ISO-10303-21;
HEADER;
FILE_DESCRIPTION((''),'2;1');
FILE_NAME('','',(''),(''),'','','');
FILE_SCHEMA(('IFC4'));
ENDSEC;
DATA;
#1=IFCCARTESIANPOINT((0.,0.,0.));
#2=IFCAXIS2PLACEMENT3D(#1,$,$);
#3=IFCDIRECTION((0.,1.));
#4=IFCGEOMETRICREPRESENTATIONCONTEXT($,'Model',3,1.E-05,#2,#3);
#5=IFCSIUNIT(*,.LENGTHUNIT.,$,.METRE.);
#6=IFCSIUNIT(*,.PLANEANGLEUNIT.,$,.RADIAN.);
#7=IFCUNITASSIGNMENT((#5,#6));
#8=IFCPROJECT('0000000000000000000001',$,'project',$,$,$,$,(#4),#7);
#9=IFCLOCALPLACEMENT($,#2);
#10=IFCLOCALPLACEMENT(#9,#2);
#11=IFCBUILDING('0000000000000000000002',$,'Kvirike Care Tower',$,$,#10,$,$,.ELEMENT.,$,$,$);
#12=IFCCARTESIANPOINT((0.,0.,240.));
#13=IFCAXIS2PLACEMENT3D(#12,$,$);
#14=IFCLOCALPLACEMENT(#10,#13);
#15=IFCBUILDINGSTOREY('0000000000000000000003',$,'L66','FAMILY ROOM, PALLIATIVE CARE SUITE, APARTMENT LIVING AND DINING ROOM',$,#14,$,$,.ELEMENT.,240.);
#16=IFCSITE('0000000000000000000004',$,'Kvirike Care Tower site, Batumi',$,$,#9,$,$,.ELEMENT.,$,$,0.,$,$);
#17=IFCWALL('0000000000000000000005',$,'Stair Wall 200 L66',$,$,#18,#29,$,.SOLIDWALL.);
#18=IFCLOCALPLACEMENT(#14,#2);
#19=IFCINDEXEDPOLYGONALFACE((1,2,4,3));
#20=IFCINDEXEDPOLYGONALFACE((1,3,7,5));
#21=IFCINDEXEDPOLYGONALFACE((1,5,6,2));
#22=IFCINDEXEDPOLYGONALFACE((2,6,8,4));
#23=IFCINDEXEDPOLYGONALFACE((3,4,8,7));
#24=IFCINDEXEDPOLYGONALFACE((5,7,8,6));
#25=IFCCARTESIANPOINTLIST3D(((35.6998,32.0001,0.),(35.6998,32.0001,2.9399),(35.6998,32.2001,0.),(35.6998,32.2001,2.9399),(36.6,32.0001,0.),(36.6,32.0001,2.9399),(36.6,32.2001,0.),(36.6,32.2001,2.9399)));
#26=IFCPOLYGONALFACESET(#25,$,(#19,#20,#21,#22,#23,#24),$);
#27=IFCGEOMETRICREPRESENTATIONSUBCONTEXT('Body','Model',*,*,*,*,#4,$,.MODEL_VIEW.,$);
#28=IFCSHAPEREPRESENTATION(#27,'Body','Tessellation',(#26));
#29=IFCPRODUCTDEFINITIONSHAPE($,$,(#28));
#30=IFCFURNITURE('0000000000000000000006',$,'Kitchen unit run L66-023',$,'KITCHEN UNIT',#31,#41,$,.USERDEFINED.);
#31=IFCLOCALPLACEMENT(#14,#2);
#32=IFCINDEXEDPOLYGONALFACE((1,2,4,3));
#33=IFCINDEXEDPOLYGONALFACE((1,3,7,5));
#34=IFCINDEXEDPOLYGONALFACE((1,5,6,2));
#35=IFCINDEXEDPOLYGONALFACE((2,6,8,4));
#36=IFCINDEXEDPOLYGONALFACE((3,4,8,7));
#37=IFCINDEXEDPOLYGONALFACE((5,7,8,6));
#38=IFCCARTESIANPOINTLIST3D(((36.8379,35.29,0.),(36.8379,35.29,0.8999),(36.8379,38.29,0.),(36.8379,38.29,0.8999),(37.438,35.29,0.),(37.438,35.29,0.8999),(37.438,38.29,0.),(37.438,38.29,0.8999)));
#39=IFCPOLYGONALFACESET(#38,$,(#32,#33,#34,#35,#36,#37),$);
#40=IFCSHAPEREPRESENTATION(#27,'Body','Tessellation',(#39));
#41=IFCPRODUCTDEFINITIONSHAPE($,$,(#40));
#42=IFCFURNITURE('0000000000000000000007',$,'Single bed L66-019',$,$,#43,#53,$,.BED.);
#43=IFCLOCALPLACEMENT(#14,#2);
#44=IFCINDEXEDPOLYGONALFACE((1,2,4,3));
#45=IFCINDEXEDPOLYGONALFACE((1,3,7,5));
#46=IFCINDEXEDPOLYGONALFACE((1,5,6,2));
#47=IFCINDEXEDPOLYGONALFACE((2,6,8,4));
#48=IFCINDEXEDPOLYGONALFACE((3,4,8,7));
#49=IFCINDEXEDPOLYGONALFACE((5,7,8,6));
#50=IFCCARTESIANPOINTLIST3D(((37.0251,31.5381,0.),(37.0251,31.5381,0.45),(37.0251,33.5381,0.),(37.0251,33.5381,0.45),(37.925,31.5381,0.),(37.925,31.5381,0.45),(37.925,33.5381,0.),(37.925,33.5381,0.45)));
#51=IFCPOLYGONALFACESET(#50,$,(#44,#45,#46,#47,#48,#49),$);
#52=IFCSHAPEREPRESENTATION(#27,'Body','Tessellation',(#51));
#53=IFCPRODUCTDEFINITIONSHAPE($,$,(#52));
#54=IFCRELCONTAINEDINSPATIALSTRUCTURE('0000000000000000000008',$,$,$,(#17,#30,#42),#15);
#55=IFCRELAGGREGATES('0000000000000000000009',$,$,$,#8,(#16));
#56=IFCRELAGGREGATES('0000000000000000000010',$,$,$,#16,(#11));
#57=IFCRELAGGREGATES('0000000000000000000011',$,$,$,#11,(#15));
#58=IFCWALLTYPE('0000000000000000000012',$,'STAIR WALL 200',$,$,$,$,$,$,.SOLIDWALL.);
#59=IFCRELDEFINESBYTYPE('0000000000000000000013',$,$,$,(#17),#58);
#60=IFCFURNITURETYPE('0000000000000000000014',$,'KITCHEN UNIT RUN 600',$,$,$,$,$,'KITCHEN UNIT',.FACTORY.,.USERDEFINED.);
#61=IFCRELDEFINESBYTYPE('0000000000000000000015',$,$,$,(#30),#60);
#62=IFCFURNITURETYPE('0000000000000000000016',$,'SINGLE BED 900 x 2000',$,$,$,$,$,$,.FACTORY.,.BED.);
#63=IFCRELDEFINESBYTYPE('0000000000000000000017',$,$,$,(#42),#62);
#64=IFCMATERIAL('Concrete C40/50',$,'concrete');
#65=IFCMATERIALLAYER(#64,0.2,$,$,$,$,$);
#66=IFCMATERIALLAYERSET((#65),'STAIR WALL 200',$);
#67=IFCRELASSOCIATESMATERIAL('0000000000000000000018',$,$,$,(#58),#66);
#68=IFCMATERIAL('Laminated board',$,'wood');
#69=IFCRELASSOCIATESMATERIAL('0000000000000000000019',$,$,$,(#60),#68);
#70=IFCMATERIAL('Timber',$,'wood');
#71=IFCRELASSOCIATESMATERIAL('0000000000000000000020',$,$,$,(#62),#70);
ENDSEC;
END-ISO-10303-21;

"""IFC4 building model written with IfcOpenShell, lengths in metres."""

from ifc_helpers import new_model, si_unit, direction, frame, frame_2d, origin, origin_2d, place, context, subcontext, project, spatial, rectangle, extrude, material, layer, layer_set, type_object, element, save


model = new_model("IFC4")

# Units and contexts
model_context = context("Model", 3, precision=1e-05, world=origin(), true_north=direction((0.0, 1.0)))
body_context = subcontext(model_context, "Body", "Model", "MODEL_VIEW")
ifc_project = project(units=[si_unit("LENGTHUNIT", "METRE"), si_unit("PLANEANGLEUNIT", "RADIAN")], contexts=[model_context])

# Site, building, storey
site_placement = place(None, origin())
site = spatial("IfcSite", under=ifc_project, at=site_placement, Name="Kvirike Care Tower site, Batumi", CompositionType="ELEMENT", RefElevation=0.0)
building_placement = place(site_placement, origin())
building = spatial("IfcBuilding", under=site, at=building_placement, Name="Kvirike Care Tower", CompositionType="ELEMENT")
storey_placement = place(building_placement, frame((0.0, 0.0, 240.0)))
storey = spatial("IfcBuildingStorey", under=building, at=storey_placement, Name="L66", Description="FAMILY ROOM, PALLIATIVE CARE SUITE, APARTMENT LIVING AND DINING ROOM", CompositionType="ELEMENT", Elevation=240.0)

# Wall
ifc_material_1 = material(Name="Concrete C40/50", Category="concrete")
ifc_layer_1 = layer(ifc_material_1, 0.2)
ifc_layer_set_1 = layer_set([ifc_layer_1], Name="STAIR WALL 200")
wall_type_1 = type_object("IfcWallType", Name="STAIR WALL 200", PredefinedType="SOLIDWALL", material=ifc_layer_set_1)
wall_1_placement = place(storey_placement, frame((36.6001, 32.1001, 0.0), z_axis=(0.0, 0.0, 1.0), x_axis=(-1.0, 0.0, 0.0)))
element("IfcWall", 1, at=wall_1_placement, inside=storey, type_object=wall_type_1, Name="Stair Wall 200 L66", PredefinedType="SOLIDWALL", context=body_context, shape_type="SweptSolid", body=[
    extrude(rectangle(XDim=0.9001, YDim=0.2, at=frame_2d((0.4502, 0.0))), origin(), (0.0, 0.0, 1.0), 2.9399),
])

# Furniture
ifc_material_2 = material(Name="Laminated board", Category="wood")
furniture_type_1 = type_object("IfcFurnitureType", Name="KITCHEN UNIT RUN 600", ElementType="KITCHEN UNIT", AssemblyPlace="FACTORY", PredefinedType="USERDEFINED", material=ifc_material_2)
furniture_1_placement = place(storey_placement, frame((37.1379, 36.79, 0.0), z_axis=(0.0, 0.0, 1.0), x_axis=(0.0, -1.0, 0.0)))
element("IfcFurniture", 2, at=furniture_1_placement, inside=storey, type_object=furniture_type_1, Name="Kitchen unit run L66-023", ObjectType="KITCHEN UNIT", PredefinedType="USERDEFINED", context=body_context, shape_type="SweptSolid", body=[
    extrude(rectangle(XDim=3.0, YDim=0.6001, at=origin_2d()), origin(), (0.0, 0.0, 1.0), 0.8999),
])
ifc_material_3 = material(Name="Timber", Category="wood")
furniture_type_2 = type_object("IfcFurnitureType", Name="SINGLE BED 900 x 2000", AssemblyPlace="FACTORY", PredefinedType="BED", material=ifc_material_3)
furniture_2_placement = place(storey_placement, frame((37.4751, 32.5381, 0.0), z_axis=(0.0, 0.0, 1.0), x_axis=(1.0, 0.0, 0.0)))
element("IfcFurniture", 3, at=furniture_2_placement, inside=storey, type_object=furniture_type_2, Name="Single bed L66-019", PredefinedType="BED", context=body_context, shape_type="SweptSolid", body=[
    extrude(rectangle(XDim=0.8999, YDim=2.0, at=origin_2d()), origin(), (0.0, 0.0, 1.0), 0.45),
])

save(model, "model.ifc")
